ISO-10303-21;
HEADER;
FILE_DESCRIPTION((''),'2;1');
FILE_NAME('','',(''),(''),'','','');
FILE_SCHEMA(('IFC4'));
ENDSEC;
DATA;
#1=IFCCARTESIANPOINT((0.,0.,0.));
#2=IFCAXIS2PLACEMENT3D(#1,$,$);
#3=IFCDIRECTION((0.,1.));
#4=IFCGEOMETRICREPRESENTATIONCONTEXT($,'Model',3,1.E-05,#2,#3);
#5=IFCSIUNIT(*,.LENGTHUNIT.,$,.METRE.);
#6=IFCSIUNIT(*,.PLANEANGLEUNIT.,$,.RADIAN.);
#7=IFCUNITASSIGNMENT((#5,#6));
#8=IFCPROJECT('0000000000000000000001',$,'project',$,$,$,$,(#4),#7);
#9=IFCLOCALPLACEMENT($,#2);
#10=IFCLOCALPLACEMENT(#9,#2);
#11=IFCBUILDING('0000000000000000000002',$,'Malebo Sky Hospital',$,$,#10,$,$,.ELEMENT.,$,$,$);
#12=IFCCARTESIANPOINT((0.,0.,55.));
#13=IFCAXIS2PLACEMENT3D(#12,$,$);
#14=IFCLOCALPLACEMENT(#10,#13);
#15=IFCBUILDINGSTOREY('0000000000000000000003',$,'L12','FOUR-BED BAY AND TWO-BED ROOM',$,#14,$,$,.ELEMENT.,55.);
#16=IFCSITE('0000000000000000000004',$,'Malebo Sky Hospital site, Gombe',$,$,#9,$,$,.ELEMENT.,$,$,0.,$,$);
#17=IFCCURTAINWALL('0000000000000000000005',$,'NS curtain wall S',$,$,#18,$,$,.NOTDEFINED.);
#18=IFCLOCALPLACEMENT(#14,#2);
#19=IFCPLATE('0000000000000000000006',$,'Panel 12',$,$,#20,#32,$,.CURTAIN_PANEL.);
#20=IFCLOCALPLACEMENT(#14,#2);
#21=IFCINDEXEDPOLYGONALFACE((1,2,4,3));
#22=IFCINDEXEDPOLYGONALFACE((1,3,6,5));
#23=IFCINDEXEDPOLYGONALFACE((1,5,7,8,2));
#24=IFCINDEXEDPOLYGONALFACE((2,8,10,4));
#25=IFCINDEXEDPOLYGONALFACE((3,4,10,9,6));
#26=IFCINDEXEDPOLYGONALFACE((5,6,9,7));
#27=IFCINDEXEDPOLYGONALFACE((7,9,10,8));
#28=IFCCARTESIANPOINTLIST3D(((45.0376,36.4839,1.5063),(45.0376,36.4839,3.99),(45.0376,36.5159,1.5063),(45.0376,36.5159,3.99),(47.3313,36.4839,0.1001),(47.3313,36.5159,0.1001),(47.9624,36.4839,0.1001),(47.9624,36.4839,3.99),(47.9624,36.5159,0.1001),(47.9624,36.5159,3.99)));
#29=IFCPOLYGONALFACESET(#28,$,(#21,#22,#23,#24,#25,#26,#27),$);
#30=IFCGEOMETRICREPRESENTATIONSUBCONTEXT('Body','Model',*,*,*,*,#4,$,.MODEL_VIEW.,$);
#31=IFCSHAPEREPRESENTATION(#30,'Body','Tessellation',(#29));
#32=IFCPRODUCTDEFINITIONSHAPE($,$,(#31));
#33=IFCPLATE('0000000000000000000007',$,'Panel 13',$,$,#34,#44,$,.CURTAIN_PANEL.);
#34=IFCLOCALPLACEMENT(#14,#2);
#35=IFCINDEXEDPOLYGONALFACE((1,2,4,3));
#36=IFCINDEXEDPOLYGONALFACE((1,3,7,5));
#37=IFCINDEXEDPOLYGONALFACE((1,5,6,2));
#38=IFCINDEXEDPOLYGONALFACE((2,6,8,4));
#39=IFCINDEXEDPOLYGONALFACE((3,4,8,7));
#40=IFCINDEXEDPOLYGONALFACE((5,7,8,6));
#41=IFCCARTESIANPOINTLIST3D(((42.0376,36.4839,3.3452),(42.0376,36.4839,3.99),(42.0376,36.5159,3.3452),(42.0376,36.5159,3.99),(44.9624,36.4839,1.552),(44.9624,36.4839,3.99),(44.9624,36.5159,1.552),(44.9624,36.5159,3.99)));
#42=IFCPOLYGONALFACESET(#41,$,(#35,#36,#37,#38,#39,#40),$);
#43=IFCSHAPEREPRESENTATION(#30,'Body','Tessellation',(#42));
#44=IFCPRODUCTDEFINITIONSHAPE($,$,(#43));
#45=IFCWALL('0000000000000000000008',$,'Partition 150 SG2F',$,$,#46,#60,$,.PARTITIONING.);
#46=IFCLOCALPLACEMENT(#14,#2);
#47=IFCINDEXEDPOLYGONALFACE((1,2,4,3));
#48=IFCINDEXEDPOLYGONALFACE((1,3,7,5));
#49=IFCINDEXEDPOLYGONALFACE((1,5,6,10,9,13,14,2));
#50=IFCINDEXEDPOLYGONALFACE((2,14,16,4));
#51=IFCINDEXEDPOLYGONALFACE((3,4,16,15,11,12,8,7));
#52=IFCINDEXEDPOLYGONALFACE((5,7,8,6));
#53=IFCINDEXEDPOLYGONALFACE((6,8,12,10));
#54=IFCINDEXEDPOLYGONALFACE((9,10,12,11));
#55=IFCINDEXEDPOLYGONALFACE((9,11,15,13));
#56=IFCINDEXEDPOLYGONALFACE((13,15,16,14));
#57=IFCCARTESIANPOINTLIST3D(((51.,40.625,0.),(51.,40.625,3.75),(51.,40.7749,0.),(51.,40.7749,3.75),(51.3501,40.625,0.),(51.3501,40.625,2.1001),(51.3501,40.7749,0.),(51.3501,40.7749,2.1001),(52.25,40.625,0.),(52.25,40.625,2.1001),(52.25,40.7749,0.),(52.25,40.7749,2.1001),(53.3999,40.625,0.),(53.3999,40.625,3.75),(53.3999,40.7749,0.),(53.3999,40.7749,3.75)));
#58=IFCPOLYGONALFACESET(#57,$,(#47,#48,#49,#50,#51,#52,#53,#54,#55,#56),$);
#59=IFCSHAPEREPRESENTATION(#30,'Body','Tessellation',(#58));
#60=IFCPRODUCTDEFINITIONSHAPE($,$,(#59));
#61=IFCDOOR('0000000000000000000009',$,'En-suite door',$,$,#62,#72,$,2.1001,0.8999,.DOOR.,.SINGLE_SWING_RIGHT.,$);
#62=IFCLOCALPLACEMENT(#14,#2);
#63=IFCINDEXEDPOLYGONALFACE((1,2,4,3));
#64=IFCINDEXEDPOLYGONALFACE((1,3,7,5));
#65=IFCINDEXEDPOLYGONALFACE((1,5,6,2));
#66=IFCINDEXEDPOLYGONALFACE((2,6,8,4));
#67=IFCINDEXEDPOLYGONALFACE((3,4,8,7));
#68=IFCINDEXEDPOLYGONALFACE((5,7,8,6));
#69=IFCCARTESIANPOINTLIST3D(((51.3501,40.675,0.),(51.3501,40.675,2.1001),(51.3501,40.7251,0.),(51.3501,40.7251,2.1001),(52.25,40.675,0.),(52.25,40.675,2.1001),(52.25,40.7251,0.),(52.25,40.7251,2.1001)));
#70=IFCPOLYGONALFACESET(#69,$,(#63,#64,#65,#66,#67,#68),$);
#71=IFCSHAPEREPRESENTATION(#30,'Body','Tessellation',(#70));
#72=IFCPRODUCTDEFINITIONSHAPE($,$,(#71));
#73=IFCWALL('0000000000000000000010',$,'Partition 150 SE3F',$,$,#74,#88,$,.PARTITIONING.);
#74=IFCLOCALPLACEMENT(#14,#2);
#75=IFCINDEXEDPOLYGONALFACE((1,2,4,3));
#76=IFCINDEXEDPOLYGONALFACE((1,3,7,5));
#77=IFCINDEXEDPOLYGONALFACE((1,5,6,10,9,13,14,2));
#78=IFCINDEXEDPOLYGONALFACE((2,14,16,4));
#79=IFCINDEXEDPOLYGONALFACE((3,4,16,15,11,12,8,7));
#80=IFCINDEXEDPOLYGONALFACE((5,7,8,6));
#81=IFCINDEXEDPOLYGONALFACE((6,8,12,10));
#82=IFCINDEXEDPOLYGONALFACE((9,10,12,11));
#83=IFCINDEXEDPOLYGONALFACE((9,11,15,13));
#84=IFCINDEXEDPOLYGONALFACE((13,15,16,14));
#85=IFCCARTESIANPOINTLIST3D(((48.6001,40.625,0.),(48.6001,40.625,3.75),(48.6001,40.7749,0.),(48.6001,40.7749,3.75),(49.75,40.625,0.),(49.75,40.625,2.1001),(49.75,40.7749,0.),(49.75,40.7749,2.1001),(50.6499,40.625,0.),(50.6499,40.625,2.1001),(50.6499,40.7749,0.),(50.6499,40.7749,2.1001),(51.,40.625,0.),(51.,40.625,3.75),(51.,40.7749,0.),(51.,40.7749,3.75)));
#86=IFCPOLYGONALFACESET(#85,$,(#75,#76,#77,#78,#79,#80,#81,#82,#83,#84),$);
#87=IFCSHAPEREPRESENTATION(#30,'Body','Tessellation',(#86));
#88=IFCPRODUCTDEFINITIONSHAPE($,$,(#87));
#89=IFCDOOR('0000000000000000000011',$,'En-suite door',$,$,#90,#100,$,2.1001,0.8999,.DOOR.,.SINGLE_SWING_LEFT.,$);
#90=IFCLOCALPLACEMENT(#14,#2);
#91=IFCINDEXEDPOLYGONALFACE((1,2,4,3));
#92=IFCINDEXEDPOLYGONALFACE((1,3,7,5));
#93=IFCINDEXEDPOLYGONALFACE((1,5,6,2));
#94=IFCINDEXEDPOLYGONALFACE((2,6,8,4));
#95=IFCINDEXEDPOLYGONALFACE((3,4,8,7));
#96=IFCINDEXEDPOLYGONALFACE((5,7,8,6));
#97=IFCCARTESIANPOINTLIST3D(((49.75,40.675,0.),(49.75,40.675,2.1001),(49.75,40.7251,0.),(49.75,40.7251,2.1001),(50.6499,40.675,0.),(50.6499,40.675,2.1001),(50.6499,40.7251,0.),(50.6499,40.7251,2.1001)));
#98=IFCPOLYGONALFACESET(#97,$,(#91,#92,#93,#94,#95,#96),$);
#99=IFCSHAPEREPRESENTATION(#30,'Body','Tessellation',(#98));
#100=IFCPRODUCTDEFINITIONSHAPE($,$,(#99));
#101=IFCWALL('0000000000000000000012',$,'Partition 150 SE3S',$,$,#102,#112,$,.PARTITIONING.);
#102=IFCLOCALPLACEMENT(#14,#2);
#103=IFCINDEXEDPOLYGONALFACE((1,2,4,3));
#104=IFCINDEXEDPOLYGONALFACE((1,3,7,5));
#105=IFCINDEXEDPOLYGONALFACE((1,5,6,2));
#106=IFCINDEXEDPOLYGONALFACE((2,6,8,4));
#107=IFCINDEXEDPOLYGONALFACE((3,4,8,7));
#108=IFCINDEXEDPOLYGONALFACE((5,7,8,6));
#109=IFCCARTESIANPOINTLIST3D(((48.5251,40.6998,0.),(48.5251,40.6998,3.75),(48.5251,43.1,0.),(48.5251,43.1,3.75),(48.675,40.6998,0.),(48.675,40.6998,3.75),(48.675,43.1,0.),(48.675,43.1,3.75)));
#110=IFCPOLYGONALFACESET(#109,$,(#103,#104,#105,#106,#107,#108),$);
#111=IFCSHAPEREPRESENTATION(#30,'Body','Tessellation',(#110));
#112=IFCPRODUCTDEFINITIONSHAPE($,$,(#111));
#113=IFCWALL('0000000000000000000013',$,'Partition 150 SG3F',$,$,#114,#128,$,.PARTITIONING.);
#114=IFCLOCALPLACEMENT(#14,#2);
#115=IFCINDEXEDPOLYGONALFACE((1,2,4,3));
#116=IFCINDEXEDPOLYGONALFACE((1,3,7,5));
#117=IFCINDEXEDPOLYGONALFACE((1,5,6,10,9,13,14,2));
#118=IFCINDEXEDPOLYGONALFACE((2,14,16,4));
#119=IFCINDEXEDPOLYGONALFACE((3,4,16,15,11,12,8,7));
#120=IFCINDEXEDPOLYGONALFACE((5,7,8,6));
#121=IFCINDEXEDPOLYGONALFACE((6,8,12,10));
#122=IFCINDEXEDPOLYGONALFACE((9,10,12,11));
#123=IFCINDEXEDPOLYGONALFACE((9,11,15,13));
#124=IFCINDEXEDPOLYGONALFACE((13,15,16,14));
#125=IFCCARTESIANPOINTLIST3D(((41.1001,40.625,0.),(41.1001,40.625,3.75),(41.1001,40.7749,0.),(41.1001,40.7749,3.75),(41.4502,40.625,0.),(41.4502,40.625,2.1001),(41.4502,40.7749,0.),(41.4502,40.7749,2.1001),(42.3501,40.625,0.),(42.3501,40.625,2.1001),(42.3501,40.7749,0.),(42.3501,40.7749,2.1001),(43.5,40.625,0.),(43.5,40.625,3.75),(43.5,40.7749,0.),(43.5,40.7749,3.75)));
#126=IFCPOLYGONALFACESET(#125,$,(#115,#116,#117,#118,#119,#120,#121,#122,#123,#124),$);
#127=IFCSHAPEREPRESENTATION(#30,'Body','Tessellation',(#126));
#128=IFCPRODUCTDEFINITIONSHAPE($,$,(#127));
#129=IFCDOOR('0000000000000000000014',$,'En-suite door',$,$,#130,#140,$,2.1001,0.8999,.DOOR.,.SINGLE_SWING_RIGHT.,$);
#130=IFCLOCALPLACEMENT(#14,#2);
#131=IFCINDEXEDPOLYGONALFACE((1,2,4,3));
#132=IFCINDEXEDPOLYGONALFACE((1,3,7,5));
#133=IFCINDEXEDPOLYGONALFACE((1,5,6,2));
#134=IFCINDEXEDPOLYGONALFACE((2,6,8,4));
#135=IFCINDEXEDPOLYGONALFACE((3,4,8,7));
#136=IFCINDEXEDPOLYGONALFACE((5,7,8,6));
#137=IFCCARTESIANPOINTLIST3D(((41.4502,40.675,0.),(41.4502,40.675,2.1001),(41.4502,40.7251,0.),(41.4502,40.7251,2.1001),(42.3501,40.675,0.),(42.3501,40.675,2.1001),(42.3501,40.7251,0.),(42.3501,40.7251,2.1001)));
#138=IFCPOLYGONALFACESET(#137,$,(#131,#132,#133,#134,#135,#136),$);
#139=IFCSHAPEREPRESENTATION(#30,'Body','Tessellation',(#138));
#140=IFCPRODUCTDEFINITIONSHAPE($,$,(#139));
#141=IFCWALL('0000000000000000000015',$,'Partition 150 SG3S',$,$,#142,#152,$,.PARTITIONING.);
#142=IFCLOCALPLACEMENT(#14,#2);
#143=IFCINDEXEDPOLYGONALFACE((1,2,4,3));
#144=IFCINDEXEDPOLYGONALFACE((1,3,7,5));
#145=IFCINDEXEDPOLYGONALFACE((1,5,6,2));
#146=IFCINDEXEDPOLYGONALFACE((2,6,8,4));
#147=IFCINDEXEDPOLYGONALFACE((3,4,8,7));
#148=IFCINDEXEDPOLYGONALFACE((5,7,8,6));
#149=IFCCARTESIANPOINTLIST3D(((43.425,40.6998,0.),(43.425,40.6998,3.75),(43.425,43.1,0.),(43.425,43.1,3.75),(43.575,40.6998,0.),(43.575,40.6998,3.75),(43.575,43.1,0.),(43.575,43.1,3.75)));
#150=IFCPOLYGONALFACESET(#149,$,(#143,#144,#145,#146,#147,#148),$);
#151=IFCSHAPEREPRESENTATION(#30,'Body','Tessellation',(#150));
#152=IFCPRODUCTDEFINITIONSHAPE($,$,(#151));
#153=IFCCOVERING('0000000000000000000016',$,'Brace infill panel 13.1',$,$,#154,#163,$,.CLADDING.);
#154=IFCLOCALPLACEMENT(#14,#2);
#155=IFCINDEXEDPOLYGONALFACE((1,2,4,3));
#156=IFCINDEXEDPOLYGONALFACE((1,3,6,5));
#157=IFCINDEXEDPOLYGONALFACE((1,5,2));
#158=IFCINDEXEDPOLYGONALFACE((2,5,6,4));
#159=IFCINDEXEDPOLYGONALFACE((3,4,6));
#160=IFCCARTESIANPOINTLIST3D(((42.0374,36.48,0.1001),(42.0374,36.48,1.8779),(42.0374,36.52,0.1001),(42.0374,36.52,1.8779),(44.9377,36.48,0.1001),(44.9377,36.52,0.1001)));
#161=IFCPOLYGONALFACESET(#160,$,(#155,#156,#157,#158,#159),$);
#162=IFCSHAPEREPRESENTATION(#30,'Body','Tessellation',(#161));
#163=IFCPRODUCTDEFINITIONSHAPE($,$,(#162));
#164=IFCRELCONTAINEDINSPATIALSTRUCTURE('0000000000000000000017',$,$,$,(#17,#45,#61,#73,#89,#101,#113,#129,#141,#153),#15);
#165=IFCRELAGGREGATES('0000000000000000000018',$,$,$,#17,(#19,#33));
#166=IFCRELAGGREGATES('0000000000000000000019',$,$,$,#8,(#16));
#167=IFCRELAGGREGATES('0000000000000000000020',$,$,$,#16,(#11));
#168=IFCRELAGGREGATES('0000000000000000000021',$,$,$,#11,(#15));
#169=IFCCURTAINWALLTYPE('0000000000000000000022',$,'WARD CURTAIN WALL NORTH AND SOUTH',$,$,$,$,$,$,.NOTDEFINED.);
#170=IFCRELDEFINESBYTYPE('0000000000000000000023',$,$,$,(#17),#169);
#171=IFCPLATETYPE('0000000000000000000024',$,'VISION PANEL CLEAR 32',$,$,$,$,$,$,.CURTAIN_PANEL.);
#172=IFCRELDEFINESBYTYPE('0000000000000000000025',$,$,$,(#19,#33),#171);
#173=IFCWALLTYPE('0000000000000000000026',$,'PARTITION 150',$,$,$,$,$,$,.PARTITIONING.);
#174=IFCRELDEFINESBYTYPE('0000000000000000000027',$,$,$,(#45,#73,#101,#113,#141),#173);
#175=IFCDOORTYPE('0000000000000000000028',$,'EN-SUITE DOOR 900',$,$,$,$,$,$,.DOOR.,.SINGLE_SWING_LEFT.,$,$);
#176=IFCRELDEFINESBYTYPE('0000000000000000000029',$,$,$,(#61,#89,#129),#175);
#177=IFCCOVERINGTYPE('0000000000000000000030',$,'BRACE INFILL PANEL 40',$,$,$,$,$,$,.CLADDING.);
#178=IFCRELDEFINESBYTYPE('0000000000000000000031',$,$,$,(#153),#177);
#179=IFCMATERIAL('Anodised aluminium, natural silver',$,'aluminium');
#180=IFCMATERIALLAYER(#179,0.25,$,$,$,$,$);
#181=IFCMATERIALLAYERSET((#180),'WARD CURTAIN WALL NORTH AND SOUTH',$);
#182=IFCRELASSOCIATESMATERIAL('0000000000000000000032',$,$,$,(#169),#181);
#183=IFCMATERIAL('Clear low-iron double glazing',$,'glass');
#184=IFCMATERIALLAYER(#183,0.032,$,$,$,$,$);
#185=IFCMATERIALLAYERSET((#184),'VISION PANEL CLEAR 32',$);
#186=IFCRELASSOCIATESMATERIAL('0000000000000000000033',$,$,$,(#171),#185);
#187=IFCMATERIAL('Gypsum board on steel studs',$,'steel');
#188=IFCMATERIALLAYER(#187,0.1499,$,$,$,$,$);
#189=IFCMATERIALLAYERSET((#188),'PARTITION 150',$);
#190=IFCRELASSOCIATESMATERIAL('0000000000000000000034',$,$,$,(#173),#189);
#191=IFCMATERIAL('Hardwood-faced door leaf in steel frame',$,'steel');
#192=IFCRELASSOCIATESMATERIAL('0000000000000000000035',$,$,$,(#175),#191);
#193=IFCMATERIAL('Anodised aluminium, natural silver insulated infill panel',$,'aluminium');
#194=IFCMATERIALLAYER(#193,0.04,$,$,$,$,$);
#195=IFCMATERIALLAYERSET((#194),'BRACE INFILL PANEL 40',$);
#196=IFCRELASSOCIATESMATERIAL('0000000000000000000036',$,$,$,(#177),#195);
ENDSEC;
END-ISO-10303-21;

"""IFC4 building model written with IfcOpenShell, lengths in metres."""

from ifc_helpers import new_model, si_unit, direction, frame, frame_2d, origin, place, context, subcontext, project, spatial, polyline, rectangle, outline, extrude, material, layer, layer_set, type_object, element, fill, aggregate, save


model = new_model("IFC4")

# Units and contexts
model_context = context("Model", 3, precision=1e-05, world=origin(), true_north=direction((0.0, 1.0)))
body_context = subcontext(model_context, "Body", "Model", "MODEL_VIEW")
ifc_project = project(units=[si_unit("LENGTHUNIT", "METRE"), si_unit("PLANEANGLEUNIT", "RADIAN")], contexts=[model_context])

# Site, building, storey
site_placement = place(None, origin())
site = spatial("IfcSite", under=ifc_project, at=site_placement, Name="Malebo Sky Hospital site, Gombe", CompositionType="ELEMENT", RefElevation=0.0)
building_placement = place(site_placement, origin())
building = spatial("IfcBuilding", under=site, at=building_placement, Name="Malebo Sky Hospital", CompositionType="ELEMENT")
storey_placement = place(building_placement, frame((0.0, 0.0, 55.0)))
storey = spatial("IfcBuildingStorey", under=building, at=storey_placement, Name="L12", Description="FOUR-BED BAY AND TWO-BED ROOM", CompositionType="ELEMENT", Elevation=55.0)

# Curtain wall
ifc_material_1 = material(Name="Anodised aluminium, natural silver", Category="aluminium")
ifc_layer_1 = layer(ifc_material_1, 0.25)
ifc_layer_set_1 = layer_set([ifc_layer_1], Name="WARD CURTAIN WALL NORTH AND SOUTH")
curtain_wall_type = type_object("IfcCurtainWallType", Name="WARD CURTAIN WALL NORTH AND SOUTH", PredefinedType="NOTDEFINED", material=ifc_layer_set_1)
curtain_wall_placement = place(storey_placement, origin())
curtain_wall = element("IfcCurtainWall", 1, at=curtain_wall_placement, inside=storey, type_object=curtain_wall_type, Name="NS curtain wall S", PredefinedType="NOTDEFINED")

# Plates
ifc_material_2 = material(Name="Clear low-iron double glazing", Category="glass")
ifc_layer_2 = layer(ifc_material_2, 0.032)
ifc_layer_set_2 = layer_set([ifc_layer_2], Name="VISION PANEL CLEAR 32")
plate_type = type_object("IfcPlateType", Name="VISION PANEL CLEAR 32", PredefinedType="CURTAIN_PANEL", material=ifc_layer_set_2)
plate_1_placement = place(storey_placement, frame((46.5, 36.5, 0.1001), z_axis=(0.0, 0.0, 1.0), x_axis=(-1.0, 0.0, 0.0)))
plate_1 = element("IfcPlate", 2, at=plate_1_placement, type_object=plate_type, Name="Panel 12", PredefinedType="CURTAIN_PANEL", context=body_context, shape_type="SweptSolid", body=[
    extrude(outline(polyline([(-1.4624, 0.0), (-0.8313, 0.0), (1.4624, 1.4062), (1.4624, 3.8899), (-1.4624, 3.8899), (-1.4624, 0.0)])), frame((0.0, 0.0161, 0.0), z_axis=(0.0, -1.0, 0.0), x_axis=(1.0, 0.0, 0.0)), (0.0, 0.0, 1.0), 0.032),
])
plate_2_placement = place(storey_placement, frame((43.5, 36.5, 1.552), z_axis=(0.0, 0.0, 1.0), x_axis=(-1.0, 0.0, 0.0)))
plate_2 = element("IfcPlate", 3, at=plate_2_placement, type_object=plate_type, Name="Panel 13", PredefinedType="CURTAIN_PANEL", context=body_context, shape_type="SweptSolid", body=[
    extrude(outline(polyline([(-1.4624, 0.0), (1.4624, 1.7932), (1.4624, 2.438), (-1.4624, 2.438), (-1.4624, 0.0)])), frame((0.0, 0.0161, 0.0), z_axis=(0.0, -1.0, 0.0), x_axis=(1.0, 0.0, 0.0)), (0.0, 0.0, 1.0), 0.032),
])
aggregate(curtain_wall, [plate_1, plate_2])

# Walls, openings, doors
ifc_material_3 = material(Name="Gypsum board on steel studs", Category="steel")
ifc_layer_3 = layer(ifc_material_3, 0.1499)
ifc_layer_set_3 = layer_set([ifc_layer_3], Name="PARTITION 150")
wall_type = type_object("IfcWallType", Name="PARTITION 150", PredefinedType="PARTITIONING", material=ifc_layer_set_3)
wall_1_placement = place(storey_placement, frame((53.3999, 40.7, 0.0), z_axis=(0.0, 0.0, 1.0), x_axis=(-1.0, 0.0, 0.0)))
wall_1 = element("IfcWall", 4, at=wall_1_placement, inside=storey, type_object=wall_type, Name="Partition 150 SG2F", PredefinedType="PARTITIONING", context=body_context, shape_type="SweptSolid", body=[
    extrude(rectangle(XDim=2.3999, YDim=0.1499, at=frame_2d((1.2, 0.0))), origin(), (0.0, 0.0, 1.0), 3.75),
])
opening_1_placement = place(wall_1_placement, frame((1.1499, 0.0, 0.0)))
opening_1 = element("IfcOpeningElement", 5, at=opening_1_placement, cuts=wall_1, PredefinedType="OPENING", context=body_context, shape_type="SweptSolid", body=[
    extrude(rectangle(XDim=0.8999, YDim=2.1001, at=frame_2d((0.45, 1.05))), frame((0.0, 0.085, 0.0), z_axis=(0.0, -1.0, 0.0), x_axis=(1.0, 0.0, 0.0)), (0.0, 0.0, 1.0), 0.1699),
])
ifc_material_4 = material(Name="Hardwood-faced door leaf in steel frame", Category="steel")
door_type = type_object("IfcDoorType", Name="EN-SUITE DOOR 900", OperationType="SINGLE_SWING_LEFT", PredefinedType="DOOR", material=ifc_material_4)
door_1_placement = place(opening_1_placement, origin())
door_1 = element("IfcDoor", 6, at=door_1_placement, inside=storey, type_object=door_type, Name="En-suite door", OperationType="SINGLE_SWING_RIGHT", OverallHeight=2.1001, OverallWidth=0.8999, PredefinedType="DOOR", context=body_context, shape_type="SweptSolid", body=[
    extrude(rectangle(XDim=0.8999, YDim=2.1001, at=frame_2d((0.45, 1.05))), frame((0.0, 0.0249, 0.0), z_axis=(0.0, -1.0, 0.0), x_axis=(1.0, 0.0, 0.0)), (0.0, 0.0, 1.0), 0.05),
])
fill(opening_1, door_1)
wall_2_placement = place(storey_placement, frame((51.0, 40.7, 0.0), z_axis=(0.0, 0.0, 1.0), x_axis=(-1.0, 0.0, 0.0)))
wall_2 = element("IfcWall", 7, at=wall_2_placement, inside=storey, type_object=wall_type, Name="Partition 150 SE3F", PredefinedType="PARTITIONING", context=body_context, shape_type="SweptSolid", body=[
    extrude(rectangle(XDim=2.3999, YDim=0.1499, at=frame_2d((1.2, 0.0))), origin(), (0.0, 0.0, 1.0), 3.75),
])
opening_2_placement = place(wall_2_placement, frame((0.3501, 0.0, 0.0)))
opening_2 = element("IfcOpeningElement", 8, at=opening_2_placement, cuts=wall_2, PredefinedType="OPENING", context=body_context, shape_type="SweptSolid", body=[
    extrude(rectangle(XDim=0.8999, YDim=2.1001, at=frame_2d((0.45, 1.05))), frame((0.0, 0.085, 0.0), z_axis=(0.0, -1.0, 0.0), x_axis=(1.0, 0.0, 0.0)), (0.0, 0.0, 1.0), 0.1699),
])
door_2_placement = place(opening_2_placement, origin())
door_2 = element("IfcDoor", 9, at=door_2_placement, inside=storey, type_object=door_type, Name="En-suite door", OperationType="SINGLE_SWING_LEFT", OverallHeight=2.1001, OverallWidth=0.8999, PredefinedType="DOOR", context=body_context, shape_type="SweptSolid", body=[
    extrude(rectangle(XDim=0.8999, YDim=2.1001, at=frame_2d((0.45, 1.05))), frame((0.0, 0.0249, 0.0), z_axis=(0.0, -1.0, 0.0), x_axis=(1.0, 0.0, 0.0)), (0.0, 0.0, 1.0), 0.05),
])
fill(opening_2, door_2)

# Wall
wall_3_placement = place(storey_placement, frame((48.6001, 43.1001, 0.0), z_axis=(0.0, 0.0, 1.0), x_axis=(0.0, -1.0, 0.0)))
element("IfcWall", 10, at=wall_3_placement, inside=storey, type_object=wall_type, Name="Partition 150 SE3S", PredefinedType="PARTITIONING", context=body_context, shape_type="SweptSolid", body=[
    extrude(rectangle(XDim=2.4001, YDim=0.1499, at=frame_2d((1.2002, 0.0))), origin(), (0.0, 0.0, 1.0), 3.75),
])

# Wall, opening, door
wall_4_placement = place(storey_placement, frame((43.5, 40.7, 0.0), z_axis=(0.0, 0.0, 1.0), x_axis=(-1.0, 0.0, 0.0)))
wall_4 = element("IfcWall", 11, at=wall_4_placement, inside=storey, type_object=wall_type, Name="Partition 150 SG3F", PredefinedType="PARTITIONING", context=body_context, shape_type="SweptSolid", body=[
    extrude(rectangle(XDim=2.3999, YDim=0.1499, at=frame_2d((1.2, 0.0))), origin(), (0.0, 0.0, 1.0), 3.75),
])
opening_3_placement = place(wall_4_placement, frame((1.1499, 0.0, 0.0)))
opening_3 = element("IfcOpeningElement", 12, at=opening_3_placement, cuts=wall_4, PredefinedType="OPENING", context=body_context, shape_type="SweptSolid", body=[
    extrude(rectangle(XDim=0.8999, YDim=2.1001, at=frame_2d((0.45, 1.05))), frame((0.0, 0.085, 0.0), z_axis=(0.0, -1.0, 0.0), x_axis=(1.0, 0.0, 0.0)), (0.0, 0.0, 1.0), 0.1699),
])
door_3_placement = place(opening_3_placement, origin())
door_3 = element("IfcDoor", 13, at=door_3_placement, inside=storey, type_object=door_type, Name="En-suite door", OperationType="SINGLE_SWING_RIGHT", OverallHeight=2.1001, OverallWidth=0.8999, PredefinedType="DOOR", context=body_context, shape_type="SweptSolid", body=[
    extrude(rectangle(XDim=0.8999, YDim=2.1001, at=frame_2d((0.45, 1.05))), frame((0.0, 0.0249, 0.0), z_axis=(0.0, -1.0, 0.0), x_axis=(1.0, 0.0, 0.0)), (0.0, 0.0, 1.0), 0.05),
])
fill(opening_3, door_3)

# Wall
wall_5_placement = place(storey_placement, frame((43.5, 43.1001, 0.0), z_axis=(0.0, 0.0, 1.0), x_axis=(0.0, -1.0, 0.0)))
element("IfcWall", 14, at=wall_5_placement, inside=storey, type_object=wall_type, Name="Partition 150 SG3S", PredefinedType="PARTITIONING", context=body_context, shape_type="SweptSolid", body=[
    extrude(rectangle(XDim=2.4001, YDim=0.1499, at=frame_2d((1.2002, 0.0))), origin(), (0.0, 0.0, 1.0), 3.75),
])

# Covering
ifc_material_5 = material(Name="Anodised aluminium, natural silver insulated infill panel", Category="aluminium")
ifc_layer_4 = layer(ifc_material_5, 0.04)
ifc_layer_set_4 = layer_set([ifc_layer_4], Name="BRACE INFILL PANEL 40")
covering_type = type_object("IfcCoveringType", Name="BRACE INFILL PANEL 40", PredefinedType="CLADDING", material=ifc_layer_set_4)
covering_placement = place(storey_placement, frame((43.4875, 36.5, 0.1001), z_axis=(0.0, 0.0, 1.0), x_axis=(-1.0, 0.0, 0.0)))
element("IfcCovering", 15, at=covering_placement, inside=storey, type_object=covering_type, Name="Brace infill panel 13.1", PredefinedType="CLADDING", context=body_context, shape_type="SweptSolid", body=[
    extrude(outline(polyline([(-1.4502, 0.0), (1.4502, 0.0), (1.4502, 1.7778), (-1.4502, 0.0)])), frame((0.0, 0.02, 0.0), z_axis=(0.0, -1.0, 0.0), x_axis=(1.0, 0.0, 0.0)), (0.0, 0.0, 1.0), 0.04),
])

save(model, "model.ifc")
